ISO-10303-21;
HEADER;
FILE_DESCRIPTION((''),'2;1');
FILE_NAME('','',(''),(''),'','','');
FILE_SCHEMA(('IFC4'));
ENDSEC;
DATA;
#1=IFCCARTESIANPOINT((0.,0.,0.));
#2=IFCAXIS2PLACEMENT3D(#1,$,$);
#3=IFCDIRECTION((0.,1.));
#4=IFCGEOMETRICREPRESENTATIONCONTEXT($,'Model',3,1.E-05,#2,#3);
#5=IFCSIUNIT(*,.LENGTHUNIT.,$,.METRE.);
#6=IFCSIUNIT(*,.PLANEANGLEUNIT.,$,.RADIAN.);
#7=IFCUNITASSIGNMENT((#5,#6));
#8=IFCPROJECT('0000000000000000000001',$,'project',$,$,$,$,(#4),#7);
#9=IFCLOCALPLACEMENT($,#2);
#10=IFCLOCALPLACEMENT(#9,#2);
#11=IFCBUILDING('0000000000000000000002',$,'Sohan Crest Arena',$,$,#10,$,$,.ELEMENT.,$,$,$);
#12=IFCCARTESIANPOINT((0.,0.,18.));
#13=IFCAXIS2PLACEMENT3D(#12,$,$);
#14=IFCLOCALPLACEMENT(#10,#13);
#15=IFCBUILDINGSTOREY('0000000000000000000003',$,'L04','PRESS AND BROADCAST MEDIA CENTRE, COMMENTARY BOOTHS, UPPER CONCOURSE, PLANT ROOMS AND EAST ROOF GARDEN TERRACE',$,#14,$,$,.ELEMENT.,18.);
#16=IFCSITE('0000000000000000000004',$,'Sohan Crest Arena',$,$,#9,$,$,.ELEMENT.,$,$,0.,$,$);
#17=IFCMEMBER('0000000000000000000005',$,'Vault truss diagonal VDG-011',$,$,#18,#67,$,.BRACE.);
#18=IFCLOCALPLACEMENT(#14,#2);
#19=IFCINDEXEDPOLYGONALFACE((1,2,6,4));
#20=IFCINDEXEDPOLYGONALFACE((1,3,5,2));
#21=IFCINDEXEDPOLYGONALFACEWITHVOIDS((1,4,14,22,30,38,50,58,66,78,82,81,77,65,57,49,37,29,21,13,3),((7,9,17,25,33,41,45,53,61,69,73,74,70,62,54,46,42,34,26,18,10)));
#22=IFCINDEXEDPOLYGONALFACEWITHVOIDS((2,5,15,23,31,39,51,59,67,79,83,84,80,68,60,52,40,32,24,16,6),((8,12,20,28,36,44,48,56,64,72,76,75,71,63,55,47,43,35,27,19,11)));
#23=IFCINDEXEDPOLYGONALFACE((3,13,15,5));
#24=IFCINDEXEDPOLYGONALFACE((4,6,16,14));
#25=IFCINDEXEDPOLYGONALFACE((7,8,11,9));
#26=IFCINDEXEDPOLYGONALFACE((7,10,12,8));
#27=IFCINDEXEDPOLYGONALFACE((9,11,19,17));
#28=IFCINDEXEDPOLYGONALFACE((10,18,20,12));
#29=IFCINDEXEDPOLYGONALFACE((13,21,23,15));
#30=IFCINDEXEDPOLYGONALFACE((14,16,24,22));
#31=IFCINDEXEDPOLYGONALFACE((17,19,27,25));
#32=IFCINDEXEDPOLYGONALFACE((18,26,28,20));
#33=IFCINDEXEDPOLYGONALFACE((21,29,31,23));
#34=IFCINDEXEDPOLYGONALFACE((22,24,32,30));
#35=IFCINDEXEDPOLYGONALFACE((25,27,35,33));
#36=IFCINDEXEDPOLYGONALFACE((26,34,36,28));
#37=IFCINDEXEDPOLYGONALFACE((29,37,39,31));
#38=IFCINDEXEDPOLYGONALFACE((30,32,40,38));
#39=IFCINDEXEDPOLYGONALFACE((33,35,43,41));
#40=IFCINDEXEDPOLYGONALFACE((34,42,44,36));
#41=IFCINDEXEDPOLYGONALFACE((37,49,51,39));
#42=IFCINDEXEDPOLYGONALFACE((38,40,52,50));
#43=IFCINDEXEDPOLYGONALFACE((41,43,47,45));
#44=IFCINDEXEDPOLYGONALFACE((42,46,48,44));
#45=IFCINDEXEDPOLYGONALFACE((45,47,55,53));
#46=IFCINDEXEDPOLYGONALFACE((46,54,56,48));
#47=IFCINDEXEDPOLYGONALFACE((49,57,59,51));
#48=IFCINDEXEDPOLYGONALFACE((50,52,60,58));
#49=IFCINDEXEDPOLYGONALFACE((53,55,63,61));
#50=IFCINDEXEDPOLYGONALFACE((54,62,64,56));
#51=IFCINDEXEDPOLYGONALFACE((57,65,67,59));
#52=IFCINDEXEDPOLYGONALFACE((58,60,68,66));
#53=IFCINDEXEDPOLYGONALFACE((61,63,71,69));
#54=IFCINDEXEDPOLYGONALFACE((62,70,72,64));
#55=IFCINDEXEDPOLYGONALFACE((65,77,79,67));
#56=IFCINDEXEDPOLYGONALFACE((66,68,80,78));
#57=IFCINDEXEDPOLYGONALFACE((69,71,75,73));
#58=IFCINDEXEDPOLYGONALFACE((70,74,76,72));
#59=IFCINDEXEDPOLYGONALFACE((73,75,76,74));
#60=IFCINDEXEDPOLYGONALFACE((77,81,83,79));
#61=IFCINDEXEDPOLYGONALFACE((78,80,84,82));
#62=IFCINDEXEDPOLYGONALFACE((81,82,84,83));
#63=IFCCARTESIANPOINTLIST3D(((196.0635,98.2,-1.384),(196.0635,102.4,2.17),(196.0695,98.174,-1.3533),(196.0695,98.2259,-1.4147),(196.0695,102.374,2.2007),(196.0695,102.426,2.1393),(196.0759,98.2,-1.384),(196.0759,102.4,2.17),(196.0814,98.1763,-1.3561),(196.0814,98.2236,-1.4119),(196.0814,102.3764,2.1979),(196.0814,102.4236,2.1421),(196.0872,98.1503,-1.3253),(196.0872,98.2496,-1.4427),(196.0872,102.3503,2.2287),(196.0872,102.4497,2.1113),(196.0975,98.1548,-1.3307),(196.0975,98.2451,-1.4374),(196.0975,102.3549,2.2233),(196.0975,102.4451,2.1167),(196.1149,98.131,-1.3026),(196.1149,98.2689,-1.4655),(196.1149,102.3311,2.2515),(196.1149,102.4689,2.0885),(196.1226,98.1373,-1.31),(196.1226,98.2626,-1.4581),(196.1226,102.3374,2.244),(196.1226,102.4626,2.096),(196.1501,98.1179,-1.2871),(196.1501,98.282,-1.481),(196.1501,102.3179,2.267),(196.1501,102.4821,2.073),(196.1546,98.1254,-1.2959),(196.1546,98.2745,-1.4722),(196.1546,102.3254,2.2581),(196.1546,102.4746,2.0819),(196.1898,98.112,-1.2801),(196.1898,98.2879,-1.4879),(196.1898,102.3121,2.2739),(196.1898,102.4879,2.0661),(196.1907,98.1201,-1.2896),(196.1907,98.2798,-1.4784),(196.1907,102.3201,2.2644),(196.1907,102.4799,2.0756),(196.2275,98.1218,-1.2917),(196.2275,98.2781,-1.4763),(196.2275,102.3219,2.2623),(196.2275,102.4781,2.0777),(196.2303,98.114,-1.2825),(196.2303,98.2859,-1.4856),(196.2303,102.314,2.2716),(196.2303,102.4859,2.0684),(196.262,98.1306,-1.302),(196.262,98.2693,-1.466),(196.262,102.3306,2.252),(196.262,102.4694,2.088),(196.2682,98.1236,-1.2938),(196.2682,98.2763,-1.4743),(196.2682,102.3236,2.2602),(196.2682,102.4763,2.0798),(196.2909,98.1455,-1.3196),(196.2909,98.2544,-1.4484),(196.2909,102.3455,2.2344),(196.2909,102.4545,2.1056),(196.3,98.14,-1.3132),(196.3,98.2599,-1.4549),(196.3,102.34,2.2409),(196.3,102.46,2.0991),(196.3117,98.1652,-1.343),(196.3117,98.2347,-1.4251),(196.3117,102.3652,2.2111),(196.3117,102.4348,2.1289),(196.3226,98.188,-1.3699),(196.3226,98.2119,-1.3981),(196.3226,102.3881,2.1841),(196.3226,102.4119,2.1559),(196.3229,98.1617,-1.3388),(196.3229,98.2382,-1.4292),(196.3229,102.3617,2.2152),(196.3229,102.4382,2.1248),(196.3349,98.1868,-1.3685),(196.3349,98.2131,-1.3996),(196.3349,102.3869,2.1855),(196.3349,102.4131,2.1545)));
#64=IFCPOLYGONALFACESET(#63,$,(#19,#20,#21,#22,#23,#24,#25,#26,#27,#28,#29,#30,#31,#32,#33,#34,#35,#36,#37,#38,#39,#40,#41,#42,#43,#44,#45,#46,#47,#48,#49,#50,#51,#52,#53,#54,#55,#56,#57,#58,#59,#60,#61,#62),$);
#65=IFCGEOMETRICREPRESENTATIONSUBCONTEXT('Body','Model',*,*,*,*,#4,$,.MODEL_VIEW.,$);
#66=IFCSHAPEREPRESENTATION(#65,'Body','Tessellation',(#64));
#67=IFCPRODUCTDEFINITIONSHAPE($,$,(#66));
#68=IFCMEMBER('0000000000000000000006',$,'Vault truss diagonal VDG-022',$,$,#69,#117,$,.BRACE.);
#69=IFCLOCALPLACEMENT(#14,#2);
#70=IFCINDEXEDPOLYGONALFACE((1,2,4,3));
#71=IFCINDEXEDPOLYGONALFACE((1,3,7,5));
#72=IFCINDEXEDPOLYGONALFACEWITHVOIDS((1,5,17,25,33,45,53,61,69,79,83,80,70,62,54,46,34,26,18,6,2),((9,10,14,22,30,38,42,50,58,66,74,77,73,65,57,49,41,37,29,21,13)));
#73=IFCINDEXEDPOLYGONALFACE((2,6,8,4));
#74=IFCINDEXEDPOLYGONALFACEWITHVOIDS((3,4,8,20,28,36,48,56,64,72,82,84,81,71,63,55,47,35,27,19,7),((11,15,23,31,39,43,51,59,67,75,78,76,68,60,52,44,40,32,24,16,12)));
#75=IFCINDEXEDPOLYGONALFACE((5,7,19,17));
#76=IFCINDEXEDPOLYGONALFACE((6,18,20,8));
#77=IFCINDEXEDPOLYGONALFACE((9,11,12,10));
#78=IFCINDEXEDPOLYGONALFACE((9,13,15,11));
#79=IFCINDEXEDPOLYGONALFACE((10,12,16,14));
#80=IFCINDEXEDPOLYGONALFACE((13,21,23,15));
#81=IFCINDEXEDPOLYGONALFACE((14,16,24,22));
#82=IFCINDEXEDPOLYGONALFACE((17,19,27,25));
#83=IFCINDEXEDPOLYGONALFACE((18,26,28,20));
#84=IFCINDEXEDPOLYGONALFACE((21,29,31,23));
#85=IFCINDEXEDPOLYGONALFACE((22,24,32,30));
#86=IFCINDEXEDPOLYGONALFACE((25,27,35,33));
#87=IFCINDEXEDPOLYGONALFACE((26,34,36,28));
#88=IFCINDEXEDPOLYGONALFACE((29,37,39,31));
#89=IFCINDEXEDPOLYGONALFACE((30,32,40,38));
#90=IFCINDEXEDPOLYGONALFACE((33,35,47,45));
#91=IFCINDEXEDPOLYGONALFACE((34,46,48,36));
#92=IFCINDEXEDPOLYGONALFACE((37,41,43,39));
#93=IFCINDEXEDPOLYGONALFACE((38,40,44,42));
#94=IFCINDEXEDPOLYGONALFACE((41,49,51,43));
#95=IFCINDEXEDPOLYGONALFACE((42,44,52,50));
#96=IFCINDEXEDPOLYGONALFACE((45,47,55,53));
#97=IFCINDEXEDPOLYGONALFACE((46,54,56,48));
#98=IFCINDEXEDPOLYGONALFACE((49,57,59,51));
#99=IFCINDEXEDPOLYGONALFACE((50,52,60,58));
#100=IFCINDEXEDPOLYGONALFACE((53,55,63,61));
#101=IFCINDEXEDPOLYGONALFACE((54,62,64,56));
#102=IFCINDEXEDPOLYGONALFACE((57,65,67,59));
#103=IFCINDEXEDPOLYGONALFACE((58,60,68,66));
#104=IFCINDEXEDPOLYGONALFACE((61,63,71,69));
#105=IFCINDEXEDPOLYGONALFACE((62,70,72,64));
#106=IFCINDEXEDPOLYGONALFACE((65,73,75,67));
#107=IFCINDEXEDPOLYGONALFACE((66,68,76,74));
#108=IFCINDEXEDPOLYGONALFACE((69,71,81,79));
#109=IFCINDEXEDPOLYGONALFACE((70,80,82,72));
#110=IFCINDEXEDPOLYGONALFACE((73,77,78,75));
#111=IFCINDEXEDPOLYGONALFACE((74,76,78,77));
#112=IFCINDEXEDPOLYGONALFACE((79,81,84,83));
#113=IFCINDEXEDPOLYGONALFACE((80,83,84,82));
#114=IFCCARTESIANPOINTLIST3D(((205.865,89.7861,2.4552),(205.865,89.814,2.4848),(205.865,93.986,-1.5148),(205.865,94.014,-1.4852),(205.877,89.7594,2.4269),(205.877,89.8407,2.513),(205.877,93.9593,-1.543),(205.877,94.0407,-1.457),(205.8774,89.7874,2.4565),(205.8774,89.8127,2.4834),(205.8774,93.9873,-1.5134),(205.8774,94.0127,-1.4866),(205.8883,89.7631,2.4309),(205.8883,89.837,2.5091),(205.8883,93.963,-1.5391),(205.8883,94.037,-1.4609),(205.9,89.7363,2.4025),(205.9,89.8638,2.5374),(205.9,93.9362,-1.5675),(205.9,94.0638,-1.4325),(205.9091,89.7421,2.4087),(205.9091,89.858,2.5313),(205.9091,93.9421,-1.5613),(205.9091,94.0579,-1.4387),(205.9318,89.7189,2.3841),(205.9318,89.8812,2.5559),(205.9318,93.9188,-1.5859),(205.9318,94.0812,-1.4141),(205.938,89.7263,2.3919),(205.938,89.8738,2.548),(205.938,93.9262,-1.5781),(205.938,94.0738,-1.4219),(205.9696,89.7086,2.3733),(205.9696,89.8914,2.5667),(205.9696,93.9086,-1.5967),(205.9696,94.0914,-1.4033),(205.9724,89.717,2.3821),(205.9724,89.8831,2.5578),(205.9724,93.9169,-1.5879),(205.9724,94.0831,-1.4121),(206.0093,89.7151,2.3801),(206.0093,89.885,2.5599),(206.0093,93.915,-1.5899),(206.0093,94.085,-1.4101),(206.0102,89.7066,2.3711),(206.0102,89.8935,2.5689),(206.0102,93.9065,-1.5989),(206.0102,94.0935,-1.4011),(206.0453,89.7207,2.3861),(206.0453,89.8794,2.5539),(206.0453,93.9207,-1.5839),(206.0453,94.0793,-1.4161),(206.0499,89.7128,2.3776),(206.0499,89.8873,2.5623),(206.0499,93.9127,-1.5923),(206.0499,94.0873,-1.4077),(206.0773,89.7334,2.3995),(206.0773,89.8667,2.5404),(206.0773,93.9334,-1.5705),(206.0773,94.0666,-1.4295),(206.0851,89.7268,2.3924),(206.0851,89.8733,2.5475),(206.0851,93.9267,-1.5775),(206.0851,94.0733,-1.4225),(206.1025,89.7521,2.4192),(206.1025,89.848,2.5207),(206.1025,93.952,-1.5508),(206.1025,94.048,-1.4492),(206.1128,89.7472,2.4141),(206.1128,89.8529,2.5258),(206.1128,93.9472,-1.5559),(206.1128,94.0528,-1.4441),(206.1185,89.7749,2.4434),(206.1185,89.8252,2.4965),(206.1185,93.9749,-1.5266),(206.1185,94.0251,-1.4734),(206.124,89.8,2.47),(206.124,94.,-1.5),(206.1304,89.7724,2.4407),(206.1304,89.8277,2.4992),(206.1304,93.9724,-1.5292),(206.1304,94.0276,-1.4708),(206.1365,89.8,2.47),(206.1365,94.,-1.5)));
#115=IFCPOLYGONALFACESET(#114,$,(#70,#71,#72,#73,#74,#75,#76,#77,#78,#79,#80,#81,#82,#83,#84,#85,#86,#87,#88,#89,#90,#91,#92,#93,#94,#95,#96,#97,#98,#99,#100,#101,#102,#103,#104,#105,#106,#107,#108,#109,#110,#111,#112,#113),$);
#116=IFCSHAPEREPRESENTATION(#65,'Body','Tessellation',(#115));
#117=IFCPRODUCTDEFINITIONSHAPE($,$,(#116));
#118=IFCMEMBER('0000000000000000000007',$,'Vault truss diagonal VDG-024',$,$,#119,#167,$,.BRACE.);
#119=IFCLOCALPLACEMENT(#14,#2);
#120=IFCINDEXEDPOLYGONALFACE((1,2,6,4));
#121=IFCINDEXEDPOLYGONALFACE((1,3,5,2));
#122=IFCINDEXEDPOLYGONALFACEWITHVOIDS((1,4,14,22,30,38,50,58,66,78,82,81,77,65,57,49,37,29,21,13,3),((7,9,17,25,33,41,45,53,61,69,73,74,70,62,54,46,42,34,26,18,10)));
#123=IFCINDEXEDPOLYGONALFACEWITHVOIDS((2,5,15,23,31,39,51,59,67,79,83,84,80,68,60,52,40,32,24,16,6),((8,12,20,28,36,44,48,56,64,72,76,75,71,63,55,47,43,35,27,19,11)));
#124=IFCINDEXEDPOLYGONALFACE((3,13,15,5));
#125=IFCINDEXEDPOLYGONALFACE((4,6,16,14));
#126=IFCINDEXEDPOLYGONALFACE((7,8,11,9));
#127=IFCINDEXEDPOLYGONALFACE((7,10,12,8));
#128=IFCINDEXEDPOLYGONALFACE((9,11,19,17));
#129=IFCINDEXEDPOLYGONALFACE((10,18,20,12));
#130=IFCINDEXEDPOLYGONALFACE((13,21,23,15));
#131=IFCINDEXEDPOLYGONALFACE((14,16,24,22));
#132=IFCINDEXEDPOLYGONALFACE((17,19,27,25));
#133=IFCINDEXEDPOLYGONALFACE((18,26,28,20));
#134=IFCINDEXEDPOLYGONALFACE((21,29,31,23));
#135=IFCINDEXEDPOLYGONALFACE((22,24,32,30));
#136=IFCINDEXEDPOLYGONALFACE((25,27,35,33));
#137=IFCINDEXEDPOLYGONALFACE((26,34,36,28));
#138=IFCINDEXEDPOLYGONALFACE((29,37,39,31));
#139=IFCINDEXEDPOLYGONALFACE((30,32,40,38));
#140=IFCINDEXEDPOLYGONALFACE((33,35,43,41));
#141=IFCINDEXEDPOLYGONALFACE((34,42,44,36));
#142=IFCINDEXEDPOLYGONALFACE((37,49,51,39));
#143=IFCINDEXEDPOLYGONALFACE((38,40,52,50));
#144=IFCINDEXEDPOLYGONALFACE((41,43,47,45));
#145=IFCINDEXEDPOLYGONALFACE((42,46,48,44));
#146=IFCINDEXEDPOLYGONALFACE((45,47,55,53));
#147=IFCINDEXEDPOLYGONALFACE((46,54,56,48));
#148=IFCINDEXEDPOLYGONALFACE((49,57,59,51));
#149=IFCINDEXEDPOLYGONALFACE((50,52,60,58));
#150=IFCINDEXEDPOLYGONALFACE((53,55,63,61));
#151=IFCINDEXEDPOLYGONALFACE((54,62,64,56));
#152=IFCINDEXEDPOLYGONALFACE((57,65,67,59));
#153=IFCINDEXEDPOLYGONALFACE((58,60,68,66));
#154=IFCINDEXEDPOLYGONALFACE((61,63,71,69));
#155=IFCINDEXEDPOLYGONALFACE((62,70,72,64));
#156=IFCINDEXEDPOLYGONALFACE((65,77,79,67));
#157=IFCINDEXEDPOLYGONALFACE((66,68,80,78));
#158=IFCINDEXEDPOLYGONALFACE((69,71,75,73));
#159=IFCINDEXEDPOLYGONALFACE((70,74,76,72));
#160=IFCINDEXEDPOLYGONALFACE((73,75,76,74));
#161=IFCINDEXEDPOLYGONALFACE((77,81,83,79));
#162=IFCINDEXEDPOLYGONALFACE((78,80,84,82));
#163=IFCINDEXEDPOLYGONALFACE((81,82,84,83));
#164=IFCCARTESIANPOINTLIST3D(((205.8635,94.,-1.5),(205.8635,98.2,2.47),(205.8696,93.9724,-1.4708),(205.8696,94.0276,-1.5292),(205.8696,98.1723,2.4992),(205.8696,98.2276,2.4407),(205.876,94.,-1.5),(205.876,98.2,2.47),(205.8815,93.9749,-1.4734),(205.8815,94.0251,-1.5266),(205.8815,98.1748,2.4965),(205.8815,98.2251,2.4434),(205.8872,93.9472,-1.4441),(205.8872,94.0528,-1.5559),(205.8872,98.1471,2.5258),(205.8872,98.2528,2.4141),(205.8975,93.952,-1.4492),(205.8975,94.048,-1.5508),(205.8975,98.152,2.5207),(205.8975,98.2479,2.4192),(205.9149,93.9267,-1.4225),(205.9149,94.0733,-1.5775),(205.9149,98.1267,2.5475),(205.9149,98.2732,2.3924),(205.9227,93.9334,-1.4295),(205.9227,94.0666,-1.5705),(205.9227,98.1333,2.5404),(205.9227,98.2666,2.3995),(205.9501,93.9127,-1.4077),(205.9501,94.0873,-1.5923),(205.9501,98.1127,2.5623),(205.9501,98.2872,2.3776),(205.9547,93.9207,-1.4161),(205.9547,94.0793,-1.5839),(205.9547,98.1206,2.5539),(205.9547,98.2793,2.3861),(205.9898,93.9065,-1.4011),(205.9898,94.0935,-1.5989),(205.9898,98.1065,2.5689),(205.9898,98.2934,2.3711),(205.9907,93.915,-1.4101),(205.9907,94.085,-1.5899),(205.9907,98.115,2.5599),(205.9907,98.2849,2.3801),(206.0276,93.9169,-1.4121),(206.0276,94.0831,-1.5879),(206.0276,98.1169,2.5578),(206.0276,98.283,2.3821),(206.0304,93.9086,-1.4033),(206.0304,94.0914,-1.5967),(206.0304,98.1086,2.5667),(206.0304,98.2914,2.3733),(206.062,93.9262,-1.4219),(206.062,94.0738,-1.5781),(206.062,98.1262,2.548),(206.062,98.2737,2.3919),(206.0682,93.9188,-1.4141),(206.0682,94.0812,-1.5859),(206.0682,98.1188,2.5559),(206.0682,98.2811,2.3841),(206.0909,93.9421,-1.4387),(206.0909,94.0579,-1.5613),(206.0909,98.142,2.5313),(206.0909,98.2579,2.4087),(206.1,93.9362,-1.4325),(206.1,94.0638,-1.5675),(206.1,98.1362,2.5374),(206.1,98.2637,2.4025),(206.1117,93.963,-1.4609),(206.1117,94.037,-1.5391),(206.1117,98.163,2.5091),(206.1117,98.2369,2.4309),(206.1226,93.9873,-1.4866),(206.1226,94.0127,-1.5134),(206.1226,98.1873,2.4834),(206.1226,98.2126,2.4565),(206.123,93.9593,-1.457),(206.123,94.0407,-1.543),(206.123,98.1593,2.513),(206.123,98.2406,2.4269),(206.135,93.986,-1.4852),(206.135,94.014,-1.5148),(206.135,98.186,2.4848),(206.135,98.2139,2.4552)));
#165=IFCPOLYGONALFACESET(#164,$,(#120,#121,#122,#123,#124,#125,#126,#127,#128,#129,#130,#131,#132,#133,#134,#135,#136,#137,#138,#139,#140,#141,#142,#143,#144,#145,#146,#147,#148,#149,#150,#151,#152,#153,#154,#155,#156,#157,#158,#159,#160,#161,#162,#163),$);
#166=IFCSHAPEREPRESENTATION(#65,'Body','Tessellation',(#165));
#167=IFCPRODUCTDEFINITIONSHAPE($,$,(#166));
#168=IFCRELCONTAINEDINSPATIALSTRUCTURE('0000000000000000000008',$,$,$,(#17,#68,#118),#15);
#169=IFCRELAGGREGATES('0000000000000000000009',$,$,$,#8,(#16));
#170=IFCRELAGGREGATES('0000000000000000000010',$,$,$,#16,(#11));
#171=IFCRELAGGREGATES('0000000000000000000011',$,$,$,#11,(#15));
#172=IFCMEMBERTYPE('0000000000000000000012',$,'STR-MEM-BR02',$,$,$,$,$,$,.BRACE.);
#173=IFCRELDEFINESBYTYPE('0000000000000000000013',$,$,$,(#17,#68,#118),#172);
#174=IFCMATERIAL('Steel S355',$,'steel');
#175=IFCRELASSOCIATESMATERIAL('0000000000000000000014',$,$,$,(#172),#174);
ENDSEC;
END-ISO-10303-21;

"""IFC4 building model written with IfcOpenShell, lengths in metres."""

from ifc_helpers import new_model, si_unit, direction, frame, origin, origin_2d, place, context, subcontext, project, spatial, hollow_circle, extrude, material, material_profile, profile_set, type_object, element, save


model = new_model("IFC4")

# Units and contexts
model_context = context("Model", 3, precision=1e-05, world=origin(), true_north=direction((0.0, 1.0)))
body_context = subcontext(model_context, "Body", "Model", "MODEL_VIEW")
ifc_project = project(units=[si_unit("LENGTHUNIT", "METRE"), si_unit("PLANEANGLEUNIT", "RADIAN")], contexts=[model_context])

# Site, building, storey
site_placement = place(None, origin())
site = spatial("IfcSite", under=ifc_project, at=site_placement, Name="Sohan Crest Arena", CompositionType="ELEMENT", RefElevation=0.0)
building_placement = place(site_placement, origin())
building = spatial("IfcBuilding", under=site, at=building_placement, Name="Sohan Crest Arena", CompositionType="ELEMENT")
storey_placement = place(building_placement, frame((0.0, 0.0, 18.0)))
storey = spatial("IfcBuildingStorey", under=building, at=storey_placement, Name="L04", Description="PRESS AND BROADCAST MEDIA CENTRE, COMMENTARY BOOTHS, UPPER CONCOURSE, PLANT ROOMS AND EAST ROOF GARDEN TERRACE", CompositionType="ELEMENT", Elevation=18.0)

# Shared definitions
ifc_material_1 = material(Name="Steel S355", Category="steel")

# Members
ifc_material_profile_1 = material_profile(ifc_material_1, hollow_circle(Radius=0.1365, WallThickness=0.0125, at=origin_2d()), Name="CHS 273x12.5")
ifc_profile_set_1 = profile_set([ifc_material_profile_1], Name="Steel S355")
member_type_1 = type_object("IfcMemberType", Name="STR-MEM-BR02", PredefinedType="BRACE", material=ifc_profile_set_1)
member_1_placement = place(storey_placement, frame((196.2, 98.2, -1.384), z_axis=(0.0, 0.763373, 0.645958), x_axis=(-1.0, 0.0, 0.0)))
element("IfcMember", 1, at=member_1_placement, inside=storey, type_object=member_type_1, Name="Vault truss diagonal VDG-011", PredefinedType="BRACE", context=body_context, shape_type="SweptSolid", body=[
    extrude(hollow_circle(Radius=0.1365, WallThickness=0.0125, at=origin_2d()), origin(), (0.0, 0.0, 1.0), 5.502),
])
for number, where, z_axis, x_axis, name in (
    (2, (206.0, 94.0, -1.5), (0.0, -0.726724, 0.68693), (1.0, 0.0, 0.0), "Vault truss diagonal VDG-022"),
    (3, (206.0, 94.0, -1.5), (0.0, 0.726724, 0.68693), (-1.0, 0.0, 0.0), "Vault truss diagonal VDG-024"),
):
    element("IfcMember", number, at=place(storey_placement, frame(where, z_axis=z_axis, x_axis=x_axis)), inside=storey, type_object=member_type_1, Name=name, PredefinedType="BRACE", context=body_context, shape_type="SweptSolid", body=[
        extrude(hollow_circle(Radius=0.1365, WallThickness=0.0125, at=origin_2d()), origin(), (0.0, 0.0, 1.0), 5.7793),
    ])

save(model, "model.ifc")
